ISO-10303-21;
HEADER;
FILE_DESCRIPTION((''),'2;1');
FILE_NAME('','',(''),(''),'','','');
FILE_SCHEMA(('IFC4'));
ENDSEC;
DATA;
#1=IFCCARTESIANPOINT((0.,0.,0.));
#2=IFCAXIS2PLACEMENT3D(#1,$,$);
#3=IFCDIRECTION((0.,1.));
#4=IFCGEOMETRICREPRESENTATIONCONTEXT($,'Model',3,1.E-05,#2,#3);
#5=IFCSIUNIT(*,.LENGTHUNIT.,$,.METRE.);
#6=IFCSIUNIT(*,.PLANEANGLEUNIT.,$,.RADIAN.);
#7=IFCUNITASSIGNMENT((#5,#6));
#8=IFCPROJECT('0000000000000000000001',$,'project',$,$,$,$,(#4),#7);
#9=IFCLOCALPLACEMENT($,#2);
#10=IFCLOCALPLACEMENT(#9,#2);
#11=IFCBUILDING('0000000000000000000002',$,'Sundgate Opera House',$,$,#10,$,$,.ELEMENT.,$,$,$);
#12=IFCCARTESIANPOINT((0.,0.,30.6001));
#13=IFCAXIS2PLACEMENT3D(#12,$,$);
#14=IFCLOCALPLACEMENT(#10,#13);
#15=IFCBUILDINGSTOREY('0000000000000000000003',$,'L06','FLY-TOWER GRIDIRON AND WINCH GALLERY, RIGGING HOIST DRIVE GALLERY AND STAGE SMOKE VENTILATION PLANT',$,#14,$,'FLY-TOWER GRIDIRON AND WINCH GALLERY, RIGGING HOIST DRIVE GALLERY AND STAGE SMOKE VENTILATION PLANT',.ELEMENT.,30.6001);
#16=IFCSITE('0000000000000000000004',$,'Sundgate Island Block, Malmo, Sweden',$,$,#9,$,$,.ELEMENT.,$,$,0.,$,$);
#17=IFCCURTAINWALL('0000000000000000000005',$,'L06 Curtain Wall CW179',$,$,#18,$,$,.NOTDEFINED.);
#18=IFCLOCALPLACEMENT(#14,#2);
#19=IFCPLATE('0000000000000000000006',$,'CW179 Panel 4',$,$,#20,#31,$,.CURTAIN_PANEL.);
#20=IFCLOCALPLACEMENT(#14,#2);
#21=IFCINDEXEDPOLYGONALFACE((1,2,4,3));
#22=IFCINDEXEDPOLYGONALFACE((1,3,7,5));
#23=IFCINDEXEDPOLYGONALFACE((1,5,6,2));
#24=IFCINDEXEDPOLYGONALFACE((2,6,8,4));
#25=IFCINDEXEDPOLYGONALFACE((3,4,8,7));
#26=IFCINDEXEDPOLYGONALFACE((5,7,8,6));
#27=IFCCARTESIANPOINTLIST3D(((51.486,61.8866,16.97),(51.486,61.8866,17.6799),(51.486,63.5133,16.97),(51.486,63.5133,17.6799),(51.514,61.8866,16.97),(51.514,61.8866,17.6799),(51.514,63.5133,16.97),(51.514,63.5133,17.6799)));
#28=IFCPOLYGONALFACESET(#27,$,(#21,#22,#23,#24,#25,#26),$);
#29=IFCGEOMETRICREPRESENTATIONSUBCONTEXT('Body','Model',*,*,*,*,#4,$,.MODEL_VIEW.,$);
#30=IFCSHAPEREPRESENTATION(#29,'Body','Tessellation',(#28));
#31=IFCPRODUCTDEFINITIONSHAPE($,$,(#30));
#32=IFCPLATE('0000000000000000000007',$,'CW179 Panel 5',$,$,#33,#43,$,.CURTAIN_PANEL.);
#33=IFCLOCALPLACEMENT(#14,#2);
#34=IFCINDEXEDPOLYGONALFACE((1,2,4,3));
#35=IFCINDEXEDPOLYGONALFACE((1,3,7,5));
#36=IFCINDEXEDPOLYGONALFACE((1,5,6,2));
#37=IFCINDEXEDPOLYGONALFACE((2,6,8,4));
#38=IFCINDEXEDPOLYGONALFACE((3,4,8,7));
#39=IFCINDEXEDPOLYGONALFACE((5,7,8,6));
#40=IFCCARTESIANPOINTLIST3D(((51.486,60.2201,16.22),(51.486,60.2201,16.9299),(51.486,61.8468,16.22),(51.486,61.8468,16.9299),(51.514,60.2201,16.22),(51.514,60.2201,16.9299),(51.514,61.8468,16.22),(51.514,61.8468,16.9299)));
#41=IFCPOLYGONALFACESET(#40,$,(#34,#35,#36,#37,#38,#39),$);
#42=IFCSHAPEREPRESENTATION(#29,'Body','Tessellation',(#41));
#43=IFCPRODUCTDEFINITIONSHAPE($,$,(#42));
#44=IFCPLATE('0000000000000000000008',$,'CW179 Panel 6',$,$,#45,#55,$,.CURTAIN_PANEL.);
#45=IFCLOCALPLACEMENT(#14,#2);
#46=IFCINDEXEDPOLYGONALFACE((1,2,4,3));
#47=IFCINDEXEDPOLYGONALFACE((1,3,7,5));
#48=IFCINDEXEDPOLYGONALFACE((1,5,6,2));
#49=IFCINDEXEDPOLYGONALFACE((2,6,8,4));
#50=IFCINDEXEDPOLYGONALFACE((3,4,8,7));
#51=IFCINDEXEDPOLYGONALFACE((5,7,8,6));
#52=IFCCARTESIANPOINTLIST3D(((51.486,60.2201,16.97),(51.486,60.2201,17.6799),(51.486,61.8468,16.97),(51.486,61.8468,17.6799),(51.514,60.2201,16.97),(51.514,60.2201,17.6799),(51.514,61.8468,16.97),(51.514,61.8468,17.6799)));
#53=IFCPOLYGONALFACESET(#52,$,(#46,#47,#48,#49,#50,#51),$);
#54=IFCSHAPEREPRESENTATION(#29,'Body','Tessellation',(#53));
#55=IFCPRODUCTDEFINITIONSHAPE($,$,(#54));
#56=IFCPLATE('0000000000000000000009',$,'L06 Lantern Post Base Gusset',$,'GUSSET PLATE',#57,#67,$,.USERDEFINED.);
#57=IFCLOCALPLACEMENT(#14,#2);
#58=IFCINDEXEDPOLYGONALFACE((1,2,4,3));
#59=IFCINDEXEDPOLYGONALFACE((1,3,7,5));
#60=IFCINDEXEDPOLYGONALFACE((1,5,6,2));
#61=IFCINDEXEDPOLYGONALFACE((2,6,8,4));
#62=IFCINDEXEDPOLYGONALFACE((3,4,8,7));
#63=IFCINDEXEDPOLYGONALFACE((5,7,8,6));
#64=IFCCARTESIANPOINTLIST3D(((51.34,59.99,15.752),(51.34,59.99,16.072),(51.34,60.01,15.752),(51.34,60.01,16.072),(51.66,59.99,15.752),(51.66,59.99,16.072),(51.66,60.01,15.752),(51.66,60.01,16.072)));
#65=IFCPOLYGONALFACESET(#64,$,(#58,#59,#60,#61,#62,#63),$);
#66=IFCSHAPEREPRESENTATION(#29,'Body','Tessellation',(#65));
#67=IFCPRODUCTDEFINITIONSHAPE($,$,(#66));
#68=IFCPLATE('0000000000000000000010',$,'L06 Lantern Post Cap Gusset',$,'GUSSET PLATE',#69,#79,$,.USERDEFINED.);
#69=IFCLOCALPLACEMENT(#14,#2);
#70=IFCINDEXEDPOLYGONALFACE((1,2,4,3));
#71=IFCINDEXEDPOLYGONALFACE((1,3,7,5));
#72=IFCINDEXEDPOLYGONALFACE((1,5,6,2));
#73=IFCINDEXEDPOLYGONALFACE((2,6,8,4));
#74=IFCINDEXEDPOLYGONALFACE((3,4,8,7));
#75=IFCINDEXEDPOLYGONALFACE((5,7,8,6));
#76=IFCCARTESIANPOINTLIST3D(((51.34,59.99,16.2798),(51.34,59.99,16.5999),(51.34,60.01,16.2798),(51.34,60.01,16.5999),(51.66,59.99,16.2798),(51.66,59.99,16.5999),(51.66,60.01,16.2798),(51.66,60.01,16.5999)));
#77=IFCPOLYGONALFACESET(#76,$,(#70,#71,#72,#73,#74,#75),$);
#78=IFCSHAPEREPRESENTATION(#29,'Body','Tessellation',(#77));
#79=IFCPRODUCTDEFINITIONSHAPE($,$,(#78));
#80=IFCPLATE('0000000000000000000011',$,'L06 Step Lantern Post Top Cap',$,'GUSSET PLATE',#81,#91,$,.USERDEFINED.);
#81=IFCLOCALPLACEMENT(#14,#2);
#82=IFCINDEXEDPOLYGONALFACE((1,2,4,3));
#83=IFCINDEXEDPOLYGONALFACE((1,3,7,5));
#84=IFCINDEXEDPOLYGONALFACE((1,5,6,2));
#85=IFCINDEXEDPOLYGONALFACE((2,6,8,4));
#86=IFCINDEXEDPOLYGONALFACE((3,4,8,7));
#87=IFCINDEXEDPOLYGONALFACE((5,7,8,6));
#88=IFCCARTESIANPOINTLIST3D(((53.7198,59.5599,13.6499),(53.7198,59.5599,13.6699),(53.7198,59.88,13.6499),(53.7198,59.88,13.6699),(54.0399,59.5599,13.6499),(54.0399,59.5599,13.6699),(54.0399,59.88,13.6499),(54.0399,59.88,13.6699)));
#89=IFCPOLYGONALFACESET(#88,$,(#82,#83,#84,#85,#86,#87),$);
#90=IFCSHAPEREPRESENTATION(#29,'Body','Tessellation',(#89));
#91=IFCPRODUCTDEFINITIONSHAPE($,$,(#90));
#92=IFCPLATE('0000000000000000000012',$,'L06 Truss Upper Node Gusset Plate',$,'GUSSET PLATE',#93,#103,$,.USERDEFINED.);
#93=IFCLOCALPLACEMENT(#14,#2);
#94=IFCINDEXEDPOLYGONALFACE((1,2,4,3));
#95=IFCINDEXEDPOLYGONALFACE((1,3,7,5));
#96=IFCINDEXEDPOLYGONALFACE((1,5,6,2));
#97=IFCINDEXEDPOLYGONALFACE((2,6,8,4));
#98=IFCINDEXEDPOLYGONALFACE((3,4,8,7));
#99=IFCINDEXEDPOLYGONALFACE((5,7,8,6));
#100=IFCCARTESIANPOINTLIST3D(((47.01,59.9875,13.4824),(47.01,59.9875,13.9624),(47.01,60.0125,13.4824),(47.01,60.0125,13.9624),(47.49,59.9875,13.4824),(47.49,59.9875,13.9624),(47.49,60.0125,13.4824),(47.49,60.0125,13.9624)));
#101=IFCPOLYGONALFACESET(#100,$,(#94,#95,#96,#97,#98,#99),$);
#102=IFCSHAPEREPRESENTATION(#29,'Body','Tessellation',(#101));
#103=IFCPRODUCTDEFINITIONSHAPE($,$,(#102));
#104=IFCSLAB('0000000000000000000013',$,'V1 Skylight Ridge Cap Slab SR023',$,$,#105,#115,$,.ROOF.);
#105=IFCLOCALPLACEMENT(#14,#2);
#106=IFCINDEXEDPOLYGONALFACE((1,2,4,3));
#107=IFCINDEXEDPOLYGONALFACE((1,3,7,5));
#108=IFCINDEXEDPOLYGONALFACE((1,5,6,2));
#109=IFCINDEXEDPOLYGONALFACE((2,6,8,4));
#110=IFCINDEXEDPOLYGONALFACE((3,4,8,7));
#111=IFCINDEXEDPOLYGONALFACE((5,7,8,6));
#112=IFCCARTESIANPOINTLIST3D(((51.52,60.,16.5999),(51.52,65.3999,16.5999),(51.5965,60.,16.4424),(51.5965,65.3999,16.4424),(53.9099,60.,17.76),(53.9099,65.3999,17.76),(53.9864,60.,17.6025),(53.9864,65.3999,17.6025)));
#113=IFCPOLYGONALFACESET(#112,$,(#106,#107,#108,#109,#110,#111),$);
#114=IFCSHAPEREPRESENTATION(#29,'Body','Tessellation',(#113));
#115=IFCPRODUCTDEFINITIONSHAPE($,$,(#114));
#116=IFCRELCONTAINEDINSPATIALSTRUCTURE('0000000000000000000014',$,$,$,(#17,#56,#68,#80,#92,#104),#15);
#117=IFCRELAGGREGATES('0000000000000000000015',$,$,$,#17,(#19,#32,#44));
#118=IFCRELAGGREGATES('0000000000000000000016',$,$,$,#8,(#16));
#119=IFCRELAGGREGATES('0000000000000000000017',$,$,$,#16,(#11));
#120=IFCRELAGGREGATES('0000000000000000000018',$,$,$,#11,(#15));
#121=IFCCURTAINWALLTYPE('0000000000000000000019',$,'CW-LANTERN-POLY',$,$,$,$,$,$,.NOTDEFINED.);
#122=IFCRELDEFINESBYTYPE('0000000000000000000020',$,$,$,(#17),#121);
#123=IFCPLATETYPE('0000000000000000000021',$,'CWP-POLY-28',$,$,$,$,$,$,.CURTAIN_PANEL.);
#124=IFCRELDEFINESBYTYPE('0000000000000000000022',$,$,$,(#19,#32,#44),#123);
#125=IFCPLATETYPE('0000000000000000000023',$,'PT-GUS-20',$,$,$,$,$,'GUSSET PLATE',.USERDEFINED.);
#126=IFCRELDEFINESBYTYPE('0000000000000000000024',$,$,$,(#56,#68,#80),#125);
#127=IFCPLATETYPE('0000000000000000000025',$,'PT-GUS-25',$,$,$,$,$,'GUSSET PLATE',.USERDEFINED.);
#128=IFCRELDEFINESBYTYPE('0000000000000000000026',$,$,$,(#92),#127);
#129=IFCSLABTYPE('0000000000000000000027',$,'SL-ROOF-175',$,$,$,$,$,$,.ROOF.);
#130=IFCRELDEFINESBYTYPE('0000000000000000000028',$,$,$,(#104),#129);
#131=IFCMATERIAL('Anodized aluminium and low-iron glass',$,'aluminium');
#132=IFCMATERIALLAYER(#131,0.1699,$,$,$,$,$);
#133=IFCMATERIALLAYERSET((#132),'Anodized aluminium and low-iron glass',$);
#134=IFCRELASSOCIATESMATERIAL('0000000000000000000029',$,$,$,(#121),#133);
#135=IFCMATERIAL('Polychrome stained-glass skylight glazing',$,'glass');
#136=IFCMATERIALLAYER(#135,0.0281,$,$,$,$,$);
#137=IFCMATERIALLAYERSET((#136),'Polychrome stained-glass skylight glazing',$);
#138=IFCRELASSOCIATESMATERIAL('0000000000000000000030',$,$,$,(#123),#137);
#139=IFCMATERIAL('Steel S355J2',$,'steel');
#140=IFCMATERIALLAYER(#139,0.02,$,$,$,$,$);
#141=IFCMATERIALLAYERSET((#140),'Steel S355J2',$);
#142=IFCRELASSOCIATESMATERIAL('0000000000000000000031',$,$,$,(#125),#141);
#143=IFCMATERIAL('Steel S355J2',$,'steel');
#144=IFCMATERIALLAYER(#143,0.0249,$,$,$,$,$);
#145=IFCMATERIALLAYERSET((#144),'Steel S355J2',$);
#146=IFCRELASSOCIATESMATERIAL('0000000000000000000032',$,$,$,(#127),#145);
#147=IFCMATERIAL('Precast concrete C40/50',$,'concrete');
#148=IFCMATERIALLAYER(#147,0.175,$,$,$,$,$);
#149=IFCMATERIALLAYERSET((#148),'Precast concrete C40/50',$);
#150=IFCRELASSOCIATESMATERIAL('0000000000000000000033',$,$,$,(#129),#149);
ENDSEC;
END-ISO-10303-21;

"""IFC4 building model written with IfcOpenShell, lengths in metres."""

from ifc_helpers import new_model, si_unit, direction, frame, origin, origin_2d, place, context, subcontext, project, spatial, polyline, rectangle, outline, extrude, material, layer, layer_set, type_object, element, aggregate, save


model = new_model("IFC4")

# Units and contexts
model_context = context("Model", 3, precision=1e-05, world=origin(), true_north=direction((0.0, 1.0)))
body_context = subcontext(model_context, "Body", "Model", "MODEL_VIEW")
ifc_project = project(units=[si_unit("LENGTHUNIT", "METRE"), si_unit("PLANEANGLEUNIT", "RADIAN")], contexts=[model_context])

# Site, building, storey
site_placement = place(None, origin())
site = spatial("IfcSite", under=ifc_project, at=site_placement, Name="Sundgate Island Block, Malmo, Sweden", CompositionType="ELEMENT", RefElevation=0.0)
building_placement = place(site_placement, origin())
building = spatial("IfcBuilding", under=site, at=building_placement, Name="Sundgate Opera House", CompositionType="ELEMENT")
storey_placement = place(building_placement, frame((0.0, 0.0, 30.6001)))
storey = spatial("IfcBuildingStorey", under=building, at=storey_placement, Name="L06", Description="FLY-TOWER GRIDIRON AND WINCH GALLERY, RIGGING HOIST DRIVE GALLERY AND STAGE SMOKE VENTILATION PLANT", LongName="FLY-TOWER GRIDIRON AND WINCH GALLERY, RIGGING HOIST DRIVE GALLERY AND STAGE SMOKE VENTILATION PLANT", CompositionType="ELEMENT", Elevation=30.6001)

# Curtain wall
ifc_material_1 = material(Name="Anodized aluminium and low-iron glass", Category="aluminium")
ifc_layer_1 = layer(ifc_material_1, 0.1699)
ifc_layer_set_1 = layer_set([ifc_layer_1], Name="Anodized aluminium and low-iron glass")
curtain_wall_type = type_object("IfcCurtainWallType", Name="CW-LANTERN-POLY", PredefinedType="NOTDEFINED", material=ifc_layer_set_1)
curtain_wall_1_placement = place(storey_placement, origin())
curtain_wall_1 = element("IfcCurtainWall", 1, at=curtain_wall_1_placement, inside=storey, type_object=curtain_wall_type, Name="L06 Curtain Wall CW179", PredefinedType="NOTDEFINED")

# Plates
ifc_material_2 = material(Name="Polychrome stained-glass skylight glazing", Category="glass")
ifc_layer_2 = layer(ifc_material_2, 0.0281)
ifc_layer_set_2 = layer_set([ifc_layer_2], Name="Polychrome stained-glass skylight glazing")
plate_type_1 = type_object("IfcPlateType", Name="CWP-POLY-28", PredefinedType="CURTAIN_PANEL", material=ifc_layer_set_2)
plate_1_placement = place(storey_placement, frame((51.5, 62.7, 16.97), z_axis=(0.0, 0.0, 1.0), x_axis=(0.0, -1.0, 0.0)))
plate_1 = element("IfcPlate", 2, at=plate_1_placement, type_object=plate_type_1, Name="CW179 Panel 4", PredefinedType="CURTAIN_PANEL", context=body_context, shape_type="SweptSolid", body=[
    extrude(rectangle(XDim=1.6267, YDim=0.0281, at=origin_2d()), origin(), (0.0, 0.0, 1.0), 0.71),
])
plate_2_placement = place(storey_placement, frame((51.5, 61.0334, 16.22), z_axis=(0.0, 0.0, 1.0), x_axis=(0.0, -1.0, 0.0)))
plate_2 = element("IfcPlate", 3, at=plate_2_placement, type_object=plate_type_1, Name="CW179 Panel 5", PredefinedType="CURTAIN_PANEL", context=body_context, shape_type="SweptSolid", body=[
    extrude(rectangle(XDim=1.6267, YDim=0.0281, at=origin_2d()), origin(), (0.0, 0.0, 1.0), 0.71),
])
plate_3_placement = place(storey_placement, frame((51.5, 61.0334, 16.97), z_axis=(0.0, 0.0, 1.0), x_axis=(0.0, -1.0, 0.0)))
plate_3 = element("IfcPlate", 4, at=plate_3_placement, type_object=plate_type_1, Name="CW179 Panel 6", PredefinedType="CURTAIN_PANEL", context=body_context, shape_type="SweptSolid", body=[
    extrude(rectangle(XDim=1.6267, YDim=0.0281, at=origin_2d()), origin(), (0.0, 0.0, 1.0), 0.71),
])
aggregate(curtain_wall_1, [plate_1, plate_2, plate_3])

# Plates
ifc_material_3 = material(Name="Steel S355J2", Category="steel")
ifc_layer_3 = layer(ifc_material_3, 0.02)
ifc_layer_set_3 = layer_set([ifc_layer_3], Name="Steel S355J2")
plate_type_2 = type_object("IfcPlateType", Name="PT-GUS-20", ElementType="GUSSET PLATE", PredefinedType="USERDEFINED", material=ifc_layer_set_3)
for number, where, z_axis, x_axis, name in (
    (5, (51.5, 60.0, 15.752), (0.0, 0.0, 1.0), (1.0, 0.0, 0.0), "L06 Lantern Post Base Gusset"),
    (6, (51.5, 60.0, 16.2798), (0.0, 0.0, 1.0), (1.0, 0.0, 0.0), "L06 Lantern Post Cap Gusset"),
):
    element("IfcPlate", number, at=place(storey_placement, frame(where, z_axis=z_axis, x_axis=x_axis)), inside=storey, type_object=plate_type_2, Name=name, ObjectType="GUSSET PLATE", PredefinedType="USERDEFINED", context=body_context, shape_type="SweptSolid", body=[
        extrude(rectangle(XDim=0.3201, YDim=0.02, at=origin_2d()), origin(), (0.0, 0.0, 1.0), 0.3201),
    ])
plate_4_placement = place(storey_placement, frame((53.8799, 59.72, 13.6499), z_axis=(0.0, 0.0, 1.0), x_axis=(1.0, 0.0, 0.0)))
element("IfcPlate", 7, at=plate_4_placement, inside=storey, type_object=plate_type_2, Name="L06 Step Lantern Post Top Cap", ObjectType="GUSSET PLATE", PredefinedType="USERDEFINED", context=body_context, shape_type="SweptSolid", body=[
    extrude(rectangle(XDim=0.3201, YDim=0.3201, at=origin_2d()), origin(), (0.0, 0.0, 1.0), 0.02),
])
ifc_material_4 = material(Name="Steel S355J2", Category="steel")
ifc_layer_4 = layer(ifc_material_4, 0.0249)
ifc_layer_set_4 = layer_set([ifc_layer_4], Name="Steel S355J2")
plate_type_3 = type_object("IfcPlateType", Name="PT-GUS-25", ElementType="GUSSET PLATE", PredefinedType="USERDEFINED", material=ifc_layer_set_4)
plate_5_placement = place(storey_placement, frame((47.25, 60.0, 13.4824), z_axis=(0.0, 0.0, 1.0), x_axis=(1.0, 0.0, 0.0)))
element("IfcPlate", 8, at=plate_5_placement, inside=storey, type_object=plate_type_3, Name="L06 Truss Upper Node Gusset Plate", ObjectType="GUSSET PLATE", PredefinedType="USERDEFINED", context=body_context, shape_type="SweptSolid", body=[
    extrude(rectangle(XDim=0.48, YDim=0.0249, at=origin_2d()), origin(), (0.0, 0.0, 1.0), 0.48),
])

# Slab
ifc_material_5 = material(Name="Precast concrete C40/50", Category="concrete")
ifc_layer_5 = layer(ifc_material_5, 0.175)
ifc_layer_set_5 = layer_set([ifc_layer_5], Name="Precast concrete C40/50")
slab_type = type_object("IfcSlabType", Name="SL-ROOF-175", PredefinedType="ROOF", material=ifc_layer_set_5)
slab_placement = place(storey_placement, frame((51.52, 60.0, 16.5999), z_axis=(-0.436706, 0.0, 0.899604), x_axis=(0.899604, 0.0, 0.436706)))
element("IfcSlab", 9, at=slab_placement, inside=storey, type_object=slab_type, Name="V1 Skylight Ridge Cap Slab SR023", PredefinedType="ROOF", context=body_context, shape_type="SweptSolid", body=[
    extrude(outline(polyline([(0.0, 0.0), (2.6566, 0.0), (2.6566, 5.3999), (0.0, 5.3999), (0.0, 0.0)])), origin(), (0.0, 0.0, -1.0), 0.175),
])

save(model, "model.ifc")
